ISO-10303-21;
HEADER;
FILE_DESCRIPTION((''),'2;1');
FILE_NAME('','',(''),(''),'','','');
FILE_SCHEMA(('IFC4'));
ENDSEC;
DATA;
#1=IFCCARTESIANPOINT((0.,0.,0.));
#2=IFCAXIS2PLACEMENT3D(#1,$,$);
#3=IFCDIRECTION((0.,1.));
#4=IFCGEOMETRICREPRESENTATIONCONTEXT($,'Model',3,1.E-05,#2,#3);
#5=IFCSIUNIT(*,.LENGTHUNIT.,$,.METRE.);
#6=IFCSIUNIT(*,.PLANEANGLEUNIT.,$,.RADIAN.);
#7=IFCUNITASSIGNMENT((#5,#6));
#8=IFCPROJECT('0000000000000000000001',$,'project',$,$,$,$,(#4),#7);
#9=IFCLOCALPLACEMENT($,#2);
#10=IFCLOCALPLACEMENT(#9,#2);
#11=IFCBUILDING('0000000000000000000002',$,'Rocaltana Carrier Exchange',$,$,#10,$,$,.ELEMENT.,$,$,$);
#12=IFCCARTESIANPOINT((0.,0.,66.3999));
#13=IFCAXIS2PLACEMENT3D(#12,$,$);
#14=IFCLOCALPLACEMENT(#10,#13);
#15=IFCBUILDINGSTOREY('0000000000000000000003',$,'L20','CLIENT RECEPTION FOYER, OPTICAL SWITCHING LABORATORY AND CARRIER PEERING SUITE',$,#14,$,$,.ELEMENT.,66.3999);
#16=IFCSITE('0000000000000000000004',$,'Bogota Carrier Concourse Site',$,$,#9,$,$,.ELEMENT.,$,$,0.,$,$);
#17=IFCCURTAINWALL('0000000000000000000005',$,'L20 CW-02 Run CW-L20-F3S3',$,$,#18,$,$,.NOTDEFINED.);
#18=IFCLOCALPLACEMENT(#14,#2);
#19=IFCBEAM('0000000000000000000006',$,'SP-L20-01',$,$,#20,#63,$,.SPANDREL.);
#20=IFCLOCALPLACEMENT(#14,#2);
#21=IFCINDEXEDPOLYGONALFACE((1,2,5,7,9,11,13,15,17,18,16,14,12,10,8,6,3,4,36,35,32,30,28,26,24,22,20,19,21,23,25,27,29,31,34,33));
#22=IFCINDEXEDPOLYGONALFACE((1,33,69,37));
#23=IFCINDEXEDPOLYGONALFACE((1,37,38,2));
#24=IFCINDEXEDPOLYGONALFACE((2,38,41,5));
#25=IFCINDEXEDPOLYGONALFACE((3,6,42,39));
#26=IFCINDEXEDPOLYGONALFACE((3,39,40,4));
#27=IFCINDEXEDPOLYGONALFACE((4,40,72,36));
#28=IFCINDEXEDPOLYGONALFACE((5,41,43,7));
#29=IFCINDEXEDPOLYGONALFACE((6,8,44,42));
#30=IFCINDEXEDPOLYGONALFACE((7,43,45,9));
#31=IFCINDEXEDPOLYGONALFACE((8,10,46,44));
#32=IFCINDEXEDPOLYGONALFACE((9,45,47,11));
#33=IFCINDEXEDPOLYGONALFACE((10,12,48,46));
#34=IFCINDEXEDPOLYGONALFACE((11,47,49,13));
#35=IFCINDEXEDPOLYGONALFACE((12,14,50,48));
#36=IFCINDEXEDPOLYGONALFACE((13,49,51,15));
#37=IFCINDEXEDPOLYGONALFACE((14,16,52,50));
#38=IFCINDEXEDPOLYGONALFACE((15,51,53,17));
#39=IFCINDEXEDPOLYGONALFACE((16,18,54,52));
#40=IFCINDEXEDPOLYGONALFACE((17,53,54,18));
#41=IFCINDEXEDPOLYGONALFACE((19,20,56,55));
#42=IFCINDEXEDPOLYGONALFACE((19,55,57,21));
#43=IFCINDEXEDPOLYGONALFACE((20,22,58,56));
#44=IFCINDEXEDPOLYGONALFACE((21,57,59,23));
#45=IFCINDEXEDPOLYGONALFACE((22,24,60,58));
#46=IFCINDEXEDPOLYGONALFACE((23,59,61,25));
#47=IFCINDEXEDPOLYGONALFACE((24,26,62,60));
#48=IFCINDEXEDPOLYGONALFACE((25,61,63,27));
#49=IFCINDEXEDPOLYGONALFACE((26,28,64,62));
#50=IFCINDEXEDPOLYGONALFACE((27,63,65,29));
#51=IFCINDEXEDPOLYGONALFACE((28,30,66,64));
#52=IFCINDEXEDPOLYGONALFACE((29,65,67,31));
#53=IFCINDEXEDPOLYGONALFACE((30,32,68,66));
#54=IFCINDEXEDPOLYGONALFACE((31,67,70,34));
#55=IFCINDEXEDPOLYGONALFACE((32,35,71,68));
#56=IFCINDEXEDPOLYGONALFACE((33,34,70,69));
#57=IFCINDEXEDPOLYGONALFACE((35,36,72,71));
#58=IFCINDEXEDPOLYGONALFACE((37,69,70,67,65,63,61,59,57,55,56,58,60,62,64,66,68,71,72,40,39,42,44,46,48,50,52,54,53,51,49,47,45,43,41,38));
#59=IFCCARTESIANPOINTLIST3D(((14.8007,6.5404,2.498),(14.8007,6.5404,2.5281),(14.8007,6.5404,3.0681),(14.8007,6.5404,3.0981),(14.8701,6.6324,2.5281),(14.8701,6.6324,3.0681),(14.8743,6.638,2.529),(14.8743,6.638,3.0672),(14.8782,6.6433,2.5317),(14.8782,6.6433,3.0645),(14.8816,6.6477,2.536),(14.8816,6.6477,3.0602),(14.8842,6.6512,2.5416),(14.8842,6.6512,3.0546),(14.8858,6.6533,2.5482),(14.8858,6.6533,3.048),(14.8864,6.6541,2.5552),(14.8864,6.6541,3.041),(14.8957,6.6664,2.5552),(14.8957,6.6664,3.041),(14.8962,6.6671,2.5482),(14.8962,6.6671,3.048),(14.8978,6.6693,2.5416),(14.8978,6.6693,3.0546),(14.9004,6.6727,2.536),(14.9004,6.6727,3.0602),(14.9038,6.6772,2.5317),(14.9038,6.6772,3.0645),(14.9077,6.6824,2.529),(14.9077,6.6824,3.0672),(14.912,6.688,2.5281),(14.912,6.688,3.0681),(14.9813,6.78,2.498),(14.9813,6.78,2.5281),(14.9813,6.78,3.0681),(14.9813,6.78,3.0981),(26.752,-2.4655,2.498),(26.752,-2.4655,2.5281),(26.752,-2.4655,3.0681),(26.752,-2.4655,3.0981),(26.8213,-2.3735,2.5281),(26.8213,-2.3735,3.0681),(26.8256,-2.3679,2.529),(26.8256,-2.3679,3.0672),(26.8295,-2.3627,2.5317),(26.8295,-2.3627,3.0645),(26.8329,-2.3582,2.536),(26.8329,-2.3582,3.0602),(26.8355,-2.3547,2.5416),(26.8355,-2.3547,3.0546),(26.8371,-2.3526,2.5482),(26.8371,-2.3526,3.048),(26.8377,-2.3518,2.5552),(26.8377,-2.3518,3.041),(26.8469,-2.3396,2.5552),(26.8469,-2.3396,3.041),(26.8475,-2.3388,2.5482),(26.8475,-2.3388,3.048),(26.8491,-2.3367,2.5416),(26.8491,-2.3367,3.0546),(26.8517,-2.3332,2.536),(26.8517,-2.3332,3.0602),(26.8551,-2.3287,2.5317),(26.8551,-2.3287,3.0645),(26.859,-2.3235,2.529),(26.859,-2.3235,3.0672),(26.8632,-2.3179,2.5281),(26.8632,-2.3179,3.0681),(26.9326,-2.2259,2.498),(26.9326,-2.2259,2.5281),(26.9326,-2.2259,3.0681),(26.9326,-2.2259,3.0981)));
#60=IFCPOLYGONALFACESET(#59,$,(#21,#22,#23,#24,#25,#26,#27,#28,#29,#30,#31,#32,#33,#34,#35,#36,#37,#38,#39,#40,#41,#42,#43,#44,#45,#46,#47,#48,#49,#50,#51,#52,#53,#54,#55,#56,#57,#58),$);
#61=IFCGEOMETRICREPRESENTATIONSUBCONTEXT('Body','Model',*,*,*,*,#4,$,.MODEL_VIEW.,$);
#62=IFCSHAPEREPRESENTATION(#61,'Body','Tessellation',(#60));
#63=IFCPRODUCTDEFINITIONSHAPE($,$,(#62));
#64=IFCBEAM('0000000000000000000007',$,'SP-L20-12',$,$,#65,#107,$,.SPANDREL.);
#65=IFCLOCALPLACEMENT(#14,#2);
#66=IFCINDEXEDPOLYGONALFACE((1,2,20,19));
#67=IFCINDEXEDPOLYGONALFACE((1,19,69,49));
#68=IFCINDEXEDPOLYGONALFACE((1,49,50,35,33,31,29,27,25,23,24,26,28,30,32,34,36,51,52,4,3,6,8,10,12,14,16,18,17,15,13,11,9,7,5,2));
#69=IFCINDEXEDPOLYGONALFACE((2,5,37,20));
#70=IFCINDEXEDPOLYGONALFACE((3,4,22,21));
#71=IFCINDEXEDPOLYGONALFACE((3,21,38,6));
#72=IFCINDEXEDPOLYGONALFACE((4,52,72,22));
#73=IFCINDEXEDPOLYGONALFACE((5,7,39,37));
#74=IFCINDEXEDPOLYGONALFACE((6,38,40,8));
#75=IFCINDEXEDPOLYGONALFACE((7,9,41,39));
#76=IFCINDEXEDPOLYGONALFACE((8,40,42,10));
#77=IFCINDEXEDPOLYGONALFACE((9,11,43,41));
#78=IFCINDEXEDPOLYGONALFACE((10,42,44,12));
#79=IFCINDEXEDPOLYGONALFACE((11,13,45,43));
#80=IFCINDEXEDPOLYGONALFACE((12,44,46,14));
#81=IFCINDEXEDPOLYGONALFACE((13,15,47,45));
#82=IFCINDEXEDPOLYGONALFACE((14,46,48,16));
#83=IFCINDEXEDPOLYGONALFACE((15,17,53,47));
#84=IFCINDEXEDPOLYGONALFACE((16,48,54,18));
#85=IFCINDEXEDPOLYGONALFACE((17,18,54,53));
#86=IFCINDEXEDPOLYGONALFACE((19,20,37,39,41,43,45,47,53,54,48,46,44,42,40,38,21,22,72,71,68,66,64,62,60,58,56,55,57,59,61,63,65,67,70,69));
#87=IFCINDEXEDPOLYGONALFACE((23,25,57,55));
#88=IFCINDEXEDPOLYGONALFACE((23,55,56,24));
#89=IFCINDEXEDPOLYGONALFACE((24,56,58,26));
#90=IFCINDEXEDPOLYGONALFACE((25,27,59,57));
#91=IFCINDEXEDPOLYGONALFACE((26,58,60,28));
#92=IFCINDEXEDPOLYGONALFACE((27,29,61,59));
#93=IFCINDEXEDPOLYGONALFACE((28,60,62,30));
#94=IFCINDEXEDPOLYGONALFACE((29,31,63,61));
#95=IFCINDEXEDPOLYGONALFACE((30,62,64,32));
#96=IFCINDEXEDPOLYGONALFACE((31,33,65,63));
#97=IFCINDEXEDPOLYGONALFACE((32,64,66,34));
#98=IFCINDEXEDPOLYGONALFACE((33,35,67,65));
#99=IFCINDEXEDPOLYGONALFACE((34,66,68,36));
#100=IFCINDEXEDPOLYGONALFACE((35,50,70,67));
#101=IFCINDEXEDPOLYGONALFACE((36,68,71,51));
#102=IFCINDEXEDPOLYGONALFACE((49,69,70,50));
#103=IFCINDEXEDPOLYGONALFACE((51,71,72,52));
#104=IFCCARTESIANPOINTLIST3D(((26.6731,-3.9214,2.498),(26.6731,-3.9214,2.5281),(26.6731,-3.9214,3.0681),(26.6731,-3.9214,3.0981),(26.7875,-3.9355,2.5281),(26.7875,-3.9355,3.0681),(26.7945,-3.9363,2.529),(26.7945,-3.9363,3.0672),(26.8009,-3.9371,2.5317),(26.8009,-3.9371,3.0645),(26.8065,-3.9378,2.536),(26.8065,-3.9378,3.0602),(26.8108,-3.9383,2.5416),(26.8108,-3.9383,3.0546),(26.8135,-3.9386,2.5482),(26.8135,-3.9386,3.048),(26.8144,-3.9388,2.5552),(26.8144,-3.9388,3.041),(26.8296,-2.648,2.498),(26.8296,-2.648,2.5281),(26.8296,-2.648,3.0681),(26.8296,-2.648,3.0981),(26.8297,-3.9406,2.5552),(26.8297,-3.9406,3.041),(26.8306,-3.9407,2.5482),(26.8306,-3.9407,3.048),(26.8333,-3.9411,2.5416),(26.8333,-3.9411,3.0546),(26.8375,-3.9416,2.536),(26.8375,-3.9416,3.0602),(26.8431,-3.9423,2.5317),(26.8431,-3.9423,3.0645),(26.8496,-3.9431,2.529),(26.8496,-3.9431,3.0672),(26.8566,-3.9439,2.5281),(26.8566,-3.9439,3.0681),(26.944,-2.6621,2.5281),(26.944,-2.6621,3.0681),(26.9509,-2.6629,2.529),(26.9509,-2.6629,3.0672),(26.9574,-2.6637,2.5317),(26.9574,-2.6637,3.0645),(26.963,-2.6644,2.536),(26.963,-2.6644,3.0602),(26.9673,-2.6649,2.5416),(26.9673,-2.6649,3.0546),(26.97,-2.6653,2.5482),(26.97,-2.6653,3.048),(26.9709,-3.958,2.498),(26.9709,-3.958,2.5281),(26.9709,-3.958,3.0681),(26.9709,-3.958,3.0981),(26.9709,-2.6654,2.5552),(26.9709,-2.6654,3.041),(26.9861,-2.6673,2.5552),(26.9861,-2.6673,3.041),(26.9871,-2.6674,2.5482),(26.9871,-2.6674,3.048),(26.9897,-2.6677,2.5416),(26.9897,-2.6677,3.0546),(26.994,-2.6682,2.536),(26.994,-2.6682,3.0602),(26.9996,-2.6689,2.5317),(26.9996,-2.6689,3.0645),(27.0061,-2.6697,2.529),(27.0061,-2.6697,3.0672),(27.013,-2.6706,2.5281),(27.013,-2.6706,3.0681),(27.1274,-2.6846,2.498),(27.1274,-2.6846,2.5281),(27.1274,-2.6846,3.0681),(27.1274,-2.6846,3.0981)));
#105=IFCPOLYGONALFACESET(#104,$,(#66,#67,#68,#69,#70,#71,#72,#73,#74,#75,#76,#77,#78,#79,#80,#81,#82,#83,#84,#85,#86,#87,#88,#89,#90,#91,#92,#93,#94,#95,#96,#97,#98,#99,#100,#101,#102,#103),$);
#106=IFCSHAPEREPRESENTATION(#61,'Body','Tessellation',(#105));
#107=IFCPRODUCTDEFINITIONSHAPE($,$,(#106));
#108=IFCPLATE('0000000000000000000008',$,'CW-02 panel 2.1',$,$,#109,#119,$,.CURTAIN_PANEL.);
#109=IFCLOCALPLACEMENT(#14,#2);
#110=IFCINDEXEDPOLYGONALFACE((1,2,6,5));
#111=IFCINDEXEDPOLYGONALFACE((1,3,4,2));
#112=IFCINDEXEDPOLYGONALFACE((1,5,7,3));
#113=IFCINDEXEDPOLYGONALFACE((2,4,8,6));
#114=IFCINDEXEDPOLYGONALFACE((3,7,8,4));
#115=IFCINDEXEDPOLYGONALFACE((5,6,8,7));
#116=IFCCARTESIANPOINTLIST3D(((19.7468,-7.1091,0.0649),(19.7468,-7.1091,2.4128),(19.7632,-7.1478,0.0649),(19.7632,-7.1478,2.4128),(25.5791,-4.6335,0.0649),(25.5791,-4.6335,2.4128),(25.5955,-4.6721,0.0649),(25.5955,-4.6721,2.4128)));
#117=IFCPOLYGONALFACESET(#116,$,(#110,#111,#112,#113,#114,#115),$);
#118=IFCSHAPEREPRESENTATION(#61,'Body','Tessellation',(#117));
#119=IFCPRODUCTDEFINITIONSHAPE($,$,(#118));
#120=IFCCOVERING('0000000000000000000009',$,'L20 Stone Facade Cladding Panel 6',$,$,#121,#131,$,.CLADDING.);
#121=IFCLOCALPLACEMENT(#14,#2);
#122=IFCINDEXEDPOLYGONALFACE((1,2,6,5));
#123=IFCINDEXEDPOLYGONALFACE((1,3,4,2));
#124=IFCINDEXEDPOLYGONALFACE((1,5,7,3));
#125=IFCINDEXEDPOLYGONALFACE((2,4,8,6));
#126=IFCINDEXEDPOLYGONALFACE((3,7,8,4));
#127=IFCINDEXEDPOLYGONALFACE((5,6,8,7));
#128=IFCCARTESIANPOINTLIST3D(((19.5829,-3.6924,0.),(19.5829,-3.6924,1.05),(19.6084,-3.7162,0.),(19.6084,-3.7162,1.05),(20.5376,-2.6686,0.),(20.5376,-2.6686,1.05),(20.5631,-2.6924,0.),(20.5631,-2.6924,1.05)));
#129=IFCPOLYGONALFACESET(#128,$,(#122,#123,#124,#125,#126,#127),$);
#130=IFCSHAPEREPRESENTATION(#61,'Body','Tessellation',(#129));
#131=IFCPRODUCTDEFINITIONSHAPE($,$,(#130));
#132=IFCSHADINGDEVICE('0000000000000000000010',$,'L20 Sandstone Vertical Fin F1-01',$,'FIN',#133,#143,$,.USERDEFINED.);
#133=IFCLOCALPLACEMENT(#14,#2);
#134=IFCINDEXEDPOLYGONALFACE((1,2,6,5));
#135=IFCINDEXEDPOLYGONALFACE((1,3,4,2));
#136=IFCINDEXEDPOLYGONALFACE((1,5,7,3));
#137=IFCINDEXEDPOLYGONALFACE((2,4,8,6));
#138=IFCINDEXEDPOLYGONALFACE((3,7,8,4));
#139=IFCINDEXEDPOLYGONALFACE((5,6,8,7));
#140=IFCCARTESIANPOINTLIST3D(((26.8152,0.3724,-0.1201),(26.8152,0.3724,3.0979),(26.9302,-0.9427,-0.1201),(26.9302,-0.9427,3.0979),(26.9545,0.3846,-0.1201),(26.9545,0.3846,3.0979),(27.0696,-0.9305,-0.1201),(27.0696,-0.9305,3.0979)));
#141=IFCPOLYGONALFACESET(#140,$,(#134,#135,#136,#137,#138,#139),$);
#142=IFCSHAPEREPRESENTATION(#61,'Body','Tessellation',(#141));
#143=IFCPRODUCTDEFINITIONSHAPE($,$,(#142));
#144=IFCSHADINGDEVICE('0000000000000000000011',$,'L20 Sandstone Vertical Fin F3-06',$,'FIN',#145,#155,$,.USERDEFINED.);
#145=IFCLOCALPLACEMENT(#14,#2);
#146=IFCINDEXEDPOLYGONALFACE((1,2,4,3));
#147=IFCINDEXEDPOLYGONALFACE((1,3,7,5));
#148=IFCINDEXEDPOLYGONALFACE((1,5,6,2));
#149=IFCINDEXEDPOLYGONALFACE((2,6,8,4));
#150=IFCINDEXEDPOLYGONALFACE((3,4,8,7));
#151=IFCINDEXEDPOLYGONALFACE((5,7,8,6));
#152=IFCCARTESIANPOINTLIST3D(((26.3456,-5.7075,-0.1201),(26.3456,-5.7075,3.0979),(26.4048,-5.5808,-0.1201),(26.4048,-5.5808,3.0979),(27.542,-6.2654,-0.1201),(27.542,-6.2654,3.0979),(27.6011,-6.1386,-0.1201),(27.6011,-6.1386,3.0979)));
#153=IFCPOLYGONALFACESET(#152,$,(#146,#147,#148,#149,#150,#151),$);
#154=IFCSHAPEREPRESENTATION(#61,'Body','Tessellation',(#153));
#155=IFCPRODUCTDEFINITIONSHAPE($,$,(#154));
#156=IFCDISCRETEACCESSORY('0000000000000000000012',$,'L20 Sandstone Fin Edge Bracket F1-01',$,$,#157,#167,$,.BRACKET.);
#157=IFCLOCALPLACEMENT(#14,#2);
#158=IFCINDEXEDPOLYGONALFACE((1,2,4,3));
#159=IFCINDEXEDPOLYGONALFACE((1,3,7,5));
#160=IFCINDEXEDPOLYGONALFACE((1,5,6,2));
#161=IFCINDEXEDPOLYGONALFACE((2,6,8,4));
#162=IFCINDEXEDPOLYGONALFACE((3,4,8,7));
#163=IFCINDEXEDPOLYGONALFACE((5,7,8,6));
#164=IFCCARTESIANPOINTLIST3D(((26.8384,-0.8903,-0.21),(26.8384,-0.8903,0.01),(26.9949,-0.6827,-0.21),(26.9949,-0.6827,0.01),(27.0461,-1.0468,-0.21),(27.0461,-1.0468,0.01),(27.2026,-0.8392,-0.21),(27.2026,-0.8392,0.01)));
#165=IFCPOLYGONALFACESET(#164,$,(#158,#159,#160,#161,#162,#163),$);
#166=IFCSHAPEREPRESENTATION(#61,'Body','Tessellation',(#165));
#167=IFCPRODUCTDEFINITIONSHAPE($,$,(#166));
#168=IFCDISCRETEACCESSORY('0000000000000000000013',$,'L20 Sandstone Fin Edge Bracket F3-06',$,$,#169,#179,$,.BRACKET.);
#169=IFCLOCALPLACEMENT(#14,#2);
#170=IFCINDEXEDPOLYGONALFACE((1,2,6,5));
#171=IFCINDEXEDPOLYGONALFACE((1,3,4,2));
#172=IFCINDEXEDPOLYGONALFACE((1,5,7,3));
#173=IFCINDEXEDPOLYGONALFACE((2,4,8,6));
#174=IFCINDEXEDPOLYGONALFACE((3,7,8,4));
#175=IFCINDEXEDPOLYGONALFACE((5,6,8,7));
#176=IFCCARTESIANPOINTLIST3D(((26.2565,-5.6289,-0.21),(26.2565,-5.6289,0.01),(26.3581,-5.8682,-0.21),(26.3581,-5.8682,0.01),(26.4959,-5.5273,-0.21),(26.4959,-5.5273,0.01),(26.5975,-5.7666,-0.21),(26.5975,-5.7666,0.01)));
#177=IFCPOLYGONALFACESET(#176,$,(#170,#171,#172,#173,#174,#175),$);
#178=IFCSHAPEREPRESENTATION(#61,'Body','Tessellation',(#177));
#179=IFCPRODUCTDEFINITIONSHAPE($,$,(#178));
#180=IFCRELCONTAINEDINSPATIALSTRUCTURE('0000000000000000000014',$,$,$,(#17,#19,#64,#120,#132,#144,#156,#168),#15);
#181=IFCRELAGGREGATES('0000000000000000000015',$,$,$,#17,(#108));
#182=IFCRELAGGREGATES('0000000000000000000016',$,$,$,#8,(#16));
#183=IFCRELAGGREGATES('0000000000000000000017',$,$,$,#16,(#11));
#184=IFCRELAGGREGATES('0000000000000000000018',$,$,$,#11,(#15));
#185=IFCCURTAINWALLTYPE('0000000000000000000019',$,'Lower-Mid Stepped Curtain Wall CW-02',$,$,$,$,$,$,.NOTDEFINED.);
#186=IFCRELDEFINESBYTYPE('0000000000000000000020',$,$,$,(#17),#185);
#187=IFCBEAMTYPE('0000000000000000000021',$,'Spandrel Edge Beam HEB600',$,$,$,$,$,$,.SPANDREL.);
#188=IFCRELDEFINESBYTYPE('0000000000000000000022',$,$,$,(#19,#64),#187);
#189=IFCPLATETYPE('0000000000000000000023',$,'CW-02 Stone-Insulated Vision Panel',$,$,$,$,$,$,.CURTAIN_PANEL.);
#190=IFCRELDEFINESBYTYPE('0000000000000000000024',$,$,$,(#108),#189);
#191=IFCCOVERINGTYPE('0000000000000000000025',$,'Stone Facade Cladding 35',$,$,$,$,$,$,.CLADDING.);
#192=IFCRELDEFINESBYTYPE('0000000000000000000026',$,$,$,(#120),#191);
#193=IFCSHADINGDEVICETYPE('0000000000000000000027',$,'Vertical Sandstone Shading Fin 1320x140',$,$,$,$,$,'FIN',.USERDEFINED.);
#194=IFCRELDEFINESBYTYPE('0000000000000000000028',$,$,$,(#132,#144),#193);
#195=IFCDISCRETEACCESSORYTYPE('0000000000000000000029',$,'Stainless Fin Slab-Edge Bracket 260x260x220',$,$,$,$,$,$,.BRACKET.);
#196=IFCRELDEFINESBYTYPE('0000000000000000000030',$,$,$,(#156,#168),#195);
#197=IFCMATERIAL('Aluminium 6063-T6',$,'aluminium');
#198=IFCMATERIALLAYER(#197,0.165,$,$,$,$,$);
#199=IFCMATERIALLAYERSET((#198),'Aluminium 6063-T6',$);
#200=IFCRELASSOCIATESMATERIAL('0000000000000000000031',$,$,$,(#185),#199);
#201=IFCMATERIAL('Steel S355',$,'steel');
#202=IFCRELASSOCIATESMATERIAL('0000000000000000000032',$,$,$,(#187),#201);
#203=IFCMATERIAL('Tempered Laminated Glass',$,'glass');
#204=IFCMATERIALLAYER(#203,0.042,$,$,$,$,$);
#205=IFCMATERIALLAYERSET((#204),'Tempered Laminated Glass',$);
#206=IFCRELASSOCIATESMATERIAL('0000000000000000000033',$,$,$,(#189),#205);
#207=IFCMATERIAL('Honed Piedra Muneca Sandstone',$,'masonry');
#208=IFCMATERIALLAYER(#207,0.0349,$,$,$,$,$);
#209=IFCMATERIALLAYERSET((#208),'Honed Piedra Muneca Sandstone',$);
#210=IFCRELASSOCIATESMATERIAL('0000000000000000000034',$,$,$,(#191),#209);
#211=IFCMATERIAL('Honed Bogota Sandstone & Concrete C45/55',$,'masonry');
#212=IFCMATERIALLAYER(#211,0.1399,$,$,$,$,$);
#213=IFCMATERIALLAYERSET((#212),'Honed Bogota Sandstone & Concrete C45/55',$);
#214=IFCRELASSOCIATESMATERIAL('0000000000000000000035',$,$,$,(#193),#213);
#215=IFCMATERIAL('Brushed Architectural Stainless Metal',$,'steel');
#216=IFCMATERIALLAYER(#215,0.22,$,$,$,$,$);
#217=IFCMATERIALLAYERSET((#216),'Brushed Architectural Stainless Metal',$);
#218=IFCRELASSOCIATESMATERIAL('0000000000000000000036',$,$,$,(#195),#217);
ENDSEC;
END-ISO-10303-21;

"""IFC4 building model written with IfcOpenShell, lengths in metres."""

from ifc_helpers import new_model, si_unit, direction, frame, origin, origin_2d, place, context, subcontext, project, spatial, rectangle, i_section, extrude, material, layer, layer_set, material_profile, profile_set, type_object, element, aggregate, save


model = new_model("IFC4")

# Units and contexts
model_context = context("Model", 3, precision=1e-05, world=origin(), true_north=direction((0.0, 1.0)))
body_context = subcontext(model_context, "Body", "Model", "MODEL_VIEW")
ifc_project = project(units=[si_unit("LENGTHUNIT", "METRE"), si_unit("PLANEANGLEUNIT", "RADIAN")], contexts=[model_context])

# Site, building, storey
site_placement = place(None, origin())
site = spatial("IfcSite", under=ifc_project, at=site_placement, Name="Bogota Carrier Concourse Site", CompositionType="ELEMENT", RefElevation=0.0)
building_placement = place(site_placement, origin())
building = spatial("IfcBuilding", under=site, at=building_placement, Name="Rocaltana Carrier Exchange", CompositionType="ELEMENT")
storey_placement = place(building_placement, frame((0.0, 0.0, 66.3999)))
storey = spatial("IfcBuildingStorey", under=building, at=storey_placement, Name="L20", Description="CLIENT RECEPTION FOYER, OPTICAL SWITCHING LABORATORY AND CARRIER PEERING SUITE", CompositionType="ELEMENT", Elevation=66.3999)

# Shared definitions
ifc_material_1 = material(Name="Aluminium 6063-T6", Category="aluminium")
ifc_layer_1 = layer(ifc_material_1, 0.165)
ifc_layer_set_1 = layer_set([ifc_layer_1], Name="Aluminium 6063-T6")
curtain_wall_type = type_object("IfcCurtainWallType", Name="Lower-Mid Stepped Curtain Wall CW-02", PredefinedType="NOTDEFINED", material=ifc_layer_set_1)

# Curtain wall
curtain_wall_1_placement = place(storey_placement, origin())
curtain_wall_1 = element("IfcCurtainWall", 1, at=curtain_wall_1_placement, inside=storey, type_object=curtain_wall_type, Name="L20 CW-02 Run CW-L20-F3S3", PredefinedType="NOTDEFINED")

# Beams
ifc_material_2 = material(Name="Steel S355", Category="steel")
ifc_material_profile_1 = material_profile(ifc_material_2, i_section(OverallWidth=0.3, OverallDepth=0.6001, WebThickness=0.0154, FlangeThickness=0.03, FilletRadius=0.0271, at=origin_2d()), Name="HEB600")
ifc_profile_set_1 = profile_set([ifc_material_profile_1], Name="Steel S355")
beam_type_1 = type_object("IfcBeamType", Name="Spandrel Edge Beam HEB600", PredefinedType="SPANDREL", material=ifc_profile_set_1)
beam_1_placement = place(storey_placement, frame((26.8423, -2.3457, 2.7981), z_axis=(-0.798635, 0.601815, 0.0), x_axis=(-0.601815, -0.798635, 0.0)))
element("IfcBeam", 2, at=beam_1_placement, inside=storey, type_object=beam_type_1, Name="SP-L20-01", PredefinedType="SPANDREL", context=body_context, shape_type="SweptSolid", body=[
    extrude(i_section(OverallWidth=0.3, OverallDepth=0.6001, WebThickness=0.0154, FlangeThickness=0.03, FilletRadius=0.0271, at=origin_2d()), origin(), (0.0, 0.0, 1.0), 14.9646),
])
beam_2_placement = place(storey_placement, frame((26.822, -3.9397, 2.7981), z_axis=(0.121974, 0.992533, 0.0), x_axis=(-0.992533, 0.121974, 0.0)))
element("IfcBeam", 3, at=beam_2_placement, inside=storey, type_object=beam_type_1, Name="SP-L20-12", PredefinedType="SPANDREL", context=body_context, shape_type="SweptSolid", body=[
    extrude(i_section(OverallWidth=0.3, OverallDepth=0.6001, WebThickness=0.0154, FlangeThickness=0.03, FilletRadius=0.0271, at=origin_2d()), origin(), (0.0, 0.0, 1.0), 1.283),
])

# Plate
ifc_material_3 = material(Name="Tempered Laminated Glass", Category="glass")
ifc_layer_2 = layer(ifc_material_3, 0.042)
ifc_layer_set_2 = layer_set([ifc_layer_2], Name="Tempered Laminated Glass")
plate_type = type_object("IfcPlateType", Name="CW-02 Stone-Insulated Vision Panel", PredefinedType="CURTAIN_PANEL", material=ifc_layer_set_2)
plate_placement = place(storey_placement, frame((22.6711, -5.8906, 0.0649), z_axis=(0.0, 0.0, 1.0), x_axis=(0.920503, 0.390735, 0.0)))
plate = element("IfcPlate", 4, at=plate_placement, type_object=plate_type, Name="CW-02 panel 2.1", PredefinedType="CURTAIN_PANEL", context=body_context, shape_type="SweptSolid", body=[
    extrude(rectangle(XDim=6.3359, YDim=0.042, at=origin_2d()), origin(), (0.0, 0.0, 1.0), 2.3479),
])
aggregate(curtain_wall_1, [plate])

# Covering
ifc_material_4 = material(Name="Honed Piedra Muneca Sandstone", Category="masonry")
ifc_layer_3 = layer(ifc_material_4, 0.0349)
ifc_layer_set_3 = layer_set([ifc_layer_3], Name="Honed Piedra Muneca Sandstone")
covering_type = type_object("IfcCoveringType", Name="Stone Facade Cladding 35", PredefinedType="CLADDING", material=ifc_layer_set_3)
covering_placement = place(storey_placement, frame((20.073, -3.1924, 0.0), z_axis=(0.0, 0.0, 1.0), x_axis=(0.681998, 0.731354, 0.0)))
element("IfcCovering", 5, at=covering_placement, inside=storey, type_object=covering_type, Name="L20 Stone Facade Cladding Panel 6", PredefinedType="CLADDING", context=body_context, shape_type="SweptSolid", body=[
    extrude(rectangle(XDim=1.3999, YDim=0.0349, at=origin_2d()), origin(), (0.0, 0.0, 1.0), 1.05),
])

# Shading devices
ifc_material_5 = material(Name="Honed Bogota Sandstone & Concrete C45/55", Category="masonry")
ifc_layer_4 = layer(ifc_material_5, 0.1399)
ifc_layer_set_4 = layer_set([ifc_layer_4], Name="Honed Bogota Sandstone & Concrete C45/55")
shading_device_type = type_object("IfcShadingDeviceType", Name="Vertical Sandstone Shading Fin 1320x140", ElementType="FIN", PredefinedType="USERDEFINED", material=ifc_layer_set_4)
for number, where, z_axis, x_axis, name in (
    (6, (26.9424, -0.2791, -0.1201), (0.0, 0.0, 1.0), (-0.087156, 0.996195, 0.0), "L20 Sandstone Vertical Fin F1-01"),
    (7, (26.9734, -5.9231, -0.1201), (0.0, 0.0, 1.0), (0.906308, -0.422618, 0.0), "L20 Sandstone Vertical Fin F3-06"),
):
    element("IfcShadingDevice", number, at=place(storey_placement, frame(where, z_axis=z_axis, x_axis=x_axis)), inside=storey, type_object=shading_device_type, Name=name, ObjectType="FIN", PredefinedType="USERDEFINED", context=body_context, shape_type="SweptSolid", body=[
        extrude(rectangle(XDim=1.3201, YDim=0.1399, at=origin_2d()), origin(), (0.0, 0.0, 1.0), 3.218),
    ])

# Discrete accessories
ifc_material_6 = material(Name="Brushed Architectural Stainless Metal", Category="steel")
ifc_layer_5 = layer(ifc_material_6, 0.22)
ifc_layer_set_5 = layer_set([ifc_layer_5], Name="Brushed Architectural Stainless Metal")
discrete_accessory_type = type_object("IfcDiscreteAccessoryType", Name="Stainless Fin Slab-Edge Bracket 260x260x220", PredefinedType="BRACKET", material=ifc_layer_set_5)
for number, where, z_axis, x_axis, name in (
    (8, (27.0205, -0.8647, -0.21), (0.0, 0.0, 1.0), (-0.798636, 0.601815, 0.0), "L20 Sandstone Fin Edge Bracket F1-01"),
    (9, (26.427, -5.6978, -0.21), (0.0, 0.0, 1.0), (0.920505, 0.390731, 0.0), "L20 Sandstone Fin Edge Bracket F3-06"),
):
    element("IfcDiscreteAccessory", number, at=place(storey_placement, frame(where, z_axis=z_axis, x_axis=x_axis)), inside=storey, type_object=discrete_accessory_type, Name=name, PredefinedType="BRACKET", context=body_context, shape_type="SweptSolid", body=[
        extrude(rectangle(XDim=0.26, YDim=0.26, at=origin_2d()), origin(), (0.0, 0.0, 1.0), 0.22),
    ])

save(model, "model.ifc")
